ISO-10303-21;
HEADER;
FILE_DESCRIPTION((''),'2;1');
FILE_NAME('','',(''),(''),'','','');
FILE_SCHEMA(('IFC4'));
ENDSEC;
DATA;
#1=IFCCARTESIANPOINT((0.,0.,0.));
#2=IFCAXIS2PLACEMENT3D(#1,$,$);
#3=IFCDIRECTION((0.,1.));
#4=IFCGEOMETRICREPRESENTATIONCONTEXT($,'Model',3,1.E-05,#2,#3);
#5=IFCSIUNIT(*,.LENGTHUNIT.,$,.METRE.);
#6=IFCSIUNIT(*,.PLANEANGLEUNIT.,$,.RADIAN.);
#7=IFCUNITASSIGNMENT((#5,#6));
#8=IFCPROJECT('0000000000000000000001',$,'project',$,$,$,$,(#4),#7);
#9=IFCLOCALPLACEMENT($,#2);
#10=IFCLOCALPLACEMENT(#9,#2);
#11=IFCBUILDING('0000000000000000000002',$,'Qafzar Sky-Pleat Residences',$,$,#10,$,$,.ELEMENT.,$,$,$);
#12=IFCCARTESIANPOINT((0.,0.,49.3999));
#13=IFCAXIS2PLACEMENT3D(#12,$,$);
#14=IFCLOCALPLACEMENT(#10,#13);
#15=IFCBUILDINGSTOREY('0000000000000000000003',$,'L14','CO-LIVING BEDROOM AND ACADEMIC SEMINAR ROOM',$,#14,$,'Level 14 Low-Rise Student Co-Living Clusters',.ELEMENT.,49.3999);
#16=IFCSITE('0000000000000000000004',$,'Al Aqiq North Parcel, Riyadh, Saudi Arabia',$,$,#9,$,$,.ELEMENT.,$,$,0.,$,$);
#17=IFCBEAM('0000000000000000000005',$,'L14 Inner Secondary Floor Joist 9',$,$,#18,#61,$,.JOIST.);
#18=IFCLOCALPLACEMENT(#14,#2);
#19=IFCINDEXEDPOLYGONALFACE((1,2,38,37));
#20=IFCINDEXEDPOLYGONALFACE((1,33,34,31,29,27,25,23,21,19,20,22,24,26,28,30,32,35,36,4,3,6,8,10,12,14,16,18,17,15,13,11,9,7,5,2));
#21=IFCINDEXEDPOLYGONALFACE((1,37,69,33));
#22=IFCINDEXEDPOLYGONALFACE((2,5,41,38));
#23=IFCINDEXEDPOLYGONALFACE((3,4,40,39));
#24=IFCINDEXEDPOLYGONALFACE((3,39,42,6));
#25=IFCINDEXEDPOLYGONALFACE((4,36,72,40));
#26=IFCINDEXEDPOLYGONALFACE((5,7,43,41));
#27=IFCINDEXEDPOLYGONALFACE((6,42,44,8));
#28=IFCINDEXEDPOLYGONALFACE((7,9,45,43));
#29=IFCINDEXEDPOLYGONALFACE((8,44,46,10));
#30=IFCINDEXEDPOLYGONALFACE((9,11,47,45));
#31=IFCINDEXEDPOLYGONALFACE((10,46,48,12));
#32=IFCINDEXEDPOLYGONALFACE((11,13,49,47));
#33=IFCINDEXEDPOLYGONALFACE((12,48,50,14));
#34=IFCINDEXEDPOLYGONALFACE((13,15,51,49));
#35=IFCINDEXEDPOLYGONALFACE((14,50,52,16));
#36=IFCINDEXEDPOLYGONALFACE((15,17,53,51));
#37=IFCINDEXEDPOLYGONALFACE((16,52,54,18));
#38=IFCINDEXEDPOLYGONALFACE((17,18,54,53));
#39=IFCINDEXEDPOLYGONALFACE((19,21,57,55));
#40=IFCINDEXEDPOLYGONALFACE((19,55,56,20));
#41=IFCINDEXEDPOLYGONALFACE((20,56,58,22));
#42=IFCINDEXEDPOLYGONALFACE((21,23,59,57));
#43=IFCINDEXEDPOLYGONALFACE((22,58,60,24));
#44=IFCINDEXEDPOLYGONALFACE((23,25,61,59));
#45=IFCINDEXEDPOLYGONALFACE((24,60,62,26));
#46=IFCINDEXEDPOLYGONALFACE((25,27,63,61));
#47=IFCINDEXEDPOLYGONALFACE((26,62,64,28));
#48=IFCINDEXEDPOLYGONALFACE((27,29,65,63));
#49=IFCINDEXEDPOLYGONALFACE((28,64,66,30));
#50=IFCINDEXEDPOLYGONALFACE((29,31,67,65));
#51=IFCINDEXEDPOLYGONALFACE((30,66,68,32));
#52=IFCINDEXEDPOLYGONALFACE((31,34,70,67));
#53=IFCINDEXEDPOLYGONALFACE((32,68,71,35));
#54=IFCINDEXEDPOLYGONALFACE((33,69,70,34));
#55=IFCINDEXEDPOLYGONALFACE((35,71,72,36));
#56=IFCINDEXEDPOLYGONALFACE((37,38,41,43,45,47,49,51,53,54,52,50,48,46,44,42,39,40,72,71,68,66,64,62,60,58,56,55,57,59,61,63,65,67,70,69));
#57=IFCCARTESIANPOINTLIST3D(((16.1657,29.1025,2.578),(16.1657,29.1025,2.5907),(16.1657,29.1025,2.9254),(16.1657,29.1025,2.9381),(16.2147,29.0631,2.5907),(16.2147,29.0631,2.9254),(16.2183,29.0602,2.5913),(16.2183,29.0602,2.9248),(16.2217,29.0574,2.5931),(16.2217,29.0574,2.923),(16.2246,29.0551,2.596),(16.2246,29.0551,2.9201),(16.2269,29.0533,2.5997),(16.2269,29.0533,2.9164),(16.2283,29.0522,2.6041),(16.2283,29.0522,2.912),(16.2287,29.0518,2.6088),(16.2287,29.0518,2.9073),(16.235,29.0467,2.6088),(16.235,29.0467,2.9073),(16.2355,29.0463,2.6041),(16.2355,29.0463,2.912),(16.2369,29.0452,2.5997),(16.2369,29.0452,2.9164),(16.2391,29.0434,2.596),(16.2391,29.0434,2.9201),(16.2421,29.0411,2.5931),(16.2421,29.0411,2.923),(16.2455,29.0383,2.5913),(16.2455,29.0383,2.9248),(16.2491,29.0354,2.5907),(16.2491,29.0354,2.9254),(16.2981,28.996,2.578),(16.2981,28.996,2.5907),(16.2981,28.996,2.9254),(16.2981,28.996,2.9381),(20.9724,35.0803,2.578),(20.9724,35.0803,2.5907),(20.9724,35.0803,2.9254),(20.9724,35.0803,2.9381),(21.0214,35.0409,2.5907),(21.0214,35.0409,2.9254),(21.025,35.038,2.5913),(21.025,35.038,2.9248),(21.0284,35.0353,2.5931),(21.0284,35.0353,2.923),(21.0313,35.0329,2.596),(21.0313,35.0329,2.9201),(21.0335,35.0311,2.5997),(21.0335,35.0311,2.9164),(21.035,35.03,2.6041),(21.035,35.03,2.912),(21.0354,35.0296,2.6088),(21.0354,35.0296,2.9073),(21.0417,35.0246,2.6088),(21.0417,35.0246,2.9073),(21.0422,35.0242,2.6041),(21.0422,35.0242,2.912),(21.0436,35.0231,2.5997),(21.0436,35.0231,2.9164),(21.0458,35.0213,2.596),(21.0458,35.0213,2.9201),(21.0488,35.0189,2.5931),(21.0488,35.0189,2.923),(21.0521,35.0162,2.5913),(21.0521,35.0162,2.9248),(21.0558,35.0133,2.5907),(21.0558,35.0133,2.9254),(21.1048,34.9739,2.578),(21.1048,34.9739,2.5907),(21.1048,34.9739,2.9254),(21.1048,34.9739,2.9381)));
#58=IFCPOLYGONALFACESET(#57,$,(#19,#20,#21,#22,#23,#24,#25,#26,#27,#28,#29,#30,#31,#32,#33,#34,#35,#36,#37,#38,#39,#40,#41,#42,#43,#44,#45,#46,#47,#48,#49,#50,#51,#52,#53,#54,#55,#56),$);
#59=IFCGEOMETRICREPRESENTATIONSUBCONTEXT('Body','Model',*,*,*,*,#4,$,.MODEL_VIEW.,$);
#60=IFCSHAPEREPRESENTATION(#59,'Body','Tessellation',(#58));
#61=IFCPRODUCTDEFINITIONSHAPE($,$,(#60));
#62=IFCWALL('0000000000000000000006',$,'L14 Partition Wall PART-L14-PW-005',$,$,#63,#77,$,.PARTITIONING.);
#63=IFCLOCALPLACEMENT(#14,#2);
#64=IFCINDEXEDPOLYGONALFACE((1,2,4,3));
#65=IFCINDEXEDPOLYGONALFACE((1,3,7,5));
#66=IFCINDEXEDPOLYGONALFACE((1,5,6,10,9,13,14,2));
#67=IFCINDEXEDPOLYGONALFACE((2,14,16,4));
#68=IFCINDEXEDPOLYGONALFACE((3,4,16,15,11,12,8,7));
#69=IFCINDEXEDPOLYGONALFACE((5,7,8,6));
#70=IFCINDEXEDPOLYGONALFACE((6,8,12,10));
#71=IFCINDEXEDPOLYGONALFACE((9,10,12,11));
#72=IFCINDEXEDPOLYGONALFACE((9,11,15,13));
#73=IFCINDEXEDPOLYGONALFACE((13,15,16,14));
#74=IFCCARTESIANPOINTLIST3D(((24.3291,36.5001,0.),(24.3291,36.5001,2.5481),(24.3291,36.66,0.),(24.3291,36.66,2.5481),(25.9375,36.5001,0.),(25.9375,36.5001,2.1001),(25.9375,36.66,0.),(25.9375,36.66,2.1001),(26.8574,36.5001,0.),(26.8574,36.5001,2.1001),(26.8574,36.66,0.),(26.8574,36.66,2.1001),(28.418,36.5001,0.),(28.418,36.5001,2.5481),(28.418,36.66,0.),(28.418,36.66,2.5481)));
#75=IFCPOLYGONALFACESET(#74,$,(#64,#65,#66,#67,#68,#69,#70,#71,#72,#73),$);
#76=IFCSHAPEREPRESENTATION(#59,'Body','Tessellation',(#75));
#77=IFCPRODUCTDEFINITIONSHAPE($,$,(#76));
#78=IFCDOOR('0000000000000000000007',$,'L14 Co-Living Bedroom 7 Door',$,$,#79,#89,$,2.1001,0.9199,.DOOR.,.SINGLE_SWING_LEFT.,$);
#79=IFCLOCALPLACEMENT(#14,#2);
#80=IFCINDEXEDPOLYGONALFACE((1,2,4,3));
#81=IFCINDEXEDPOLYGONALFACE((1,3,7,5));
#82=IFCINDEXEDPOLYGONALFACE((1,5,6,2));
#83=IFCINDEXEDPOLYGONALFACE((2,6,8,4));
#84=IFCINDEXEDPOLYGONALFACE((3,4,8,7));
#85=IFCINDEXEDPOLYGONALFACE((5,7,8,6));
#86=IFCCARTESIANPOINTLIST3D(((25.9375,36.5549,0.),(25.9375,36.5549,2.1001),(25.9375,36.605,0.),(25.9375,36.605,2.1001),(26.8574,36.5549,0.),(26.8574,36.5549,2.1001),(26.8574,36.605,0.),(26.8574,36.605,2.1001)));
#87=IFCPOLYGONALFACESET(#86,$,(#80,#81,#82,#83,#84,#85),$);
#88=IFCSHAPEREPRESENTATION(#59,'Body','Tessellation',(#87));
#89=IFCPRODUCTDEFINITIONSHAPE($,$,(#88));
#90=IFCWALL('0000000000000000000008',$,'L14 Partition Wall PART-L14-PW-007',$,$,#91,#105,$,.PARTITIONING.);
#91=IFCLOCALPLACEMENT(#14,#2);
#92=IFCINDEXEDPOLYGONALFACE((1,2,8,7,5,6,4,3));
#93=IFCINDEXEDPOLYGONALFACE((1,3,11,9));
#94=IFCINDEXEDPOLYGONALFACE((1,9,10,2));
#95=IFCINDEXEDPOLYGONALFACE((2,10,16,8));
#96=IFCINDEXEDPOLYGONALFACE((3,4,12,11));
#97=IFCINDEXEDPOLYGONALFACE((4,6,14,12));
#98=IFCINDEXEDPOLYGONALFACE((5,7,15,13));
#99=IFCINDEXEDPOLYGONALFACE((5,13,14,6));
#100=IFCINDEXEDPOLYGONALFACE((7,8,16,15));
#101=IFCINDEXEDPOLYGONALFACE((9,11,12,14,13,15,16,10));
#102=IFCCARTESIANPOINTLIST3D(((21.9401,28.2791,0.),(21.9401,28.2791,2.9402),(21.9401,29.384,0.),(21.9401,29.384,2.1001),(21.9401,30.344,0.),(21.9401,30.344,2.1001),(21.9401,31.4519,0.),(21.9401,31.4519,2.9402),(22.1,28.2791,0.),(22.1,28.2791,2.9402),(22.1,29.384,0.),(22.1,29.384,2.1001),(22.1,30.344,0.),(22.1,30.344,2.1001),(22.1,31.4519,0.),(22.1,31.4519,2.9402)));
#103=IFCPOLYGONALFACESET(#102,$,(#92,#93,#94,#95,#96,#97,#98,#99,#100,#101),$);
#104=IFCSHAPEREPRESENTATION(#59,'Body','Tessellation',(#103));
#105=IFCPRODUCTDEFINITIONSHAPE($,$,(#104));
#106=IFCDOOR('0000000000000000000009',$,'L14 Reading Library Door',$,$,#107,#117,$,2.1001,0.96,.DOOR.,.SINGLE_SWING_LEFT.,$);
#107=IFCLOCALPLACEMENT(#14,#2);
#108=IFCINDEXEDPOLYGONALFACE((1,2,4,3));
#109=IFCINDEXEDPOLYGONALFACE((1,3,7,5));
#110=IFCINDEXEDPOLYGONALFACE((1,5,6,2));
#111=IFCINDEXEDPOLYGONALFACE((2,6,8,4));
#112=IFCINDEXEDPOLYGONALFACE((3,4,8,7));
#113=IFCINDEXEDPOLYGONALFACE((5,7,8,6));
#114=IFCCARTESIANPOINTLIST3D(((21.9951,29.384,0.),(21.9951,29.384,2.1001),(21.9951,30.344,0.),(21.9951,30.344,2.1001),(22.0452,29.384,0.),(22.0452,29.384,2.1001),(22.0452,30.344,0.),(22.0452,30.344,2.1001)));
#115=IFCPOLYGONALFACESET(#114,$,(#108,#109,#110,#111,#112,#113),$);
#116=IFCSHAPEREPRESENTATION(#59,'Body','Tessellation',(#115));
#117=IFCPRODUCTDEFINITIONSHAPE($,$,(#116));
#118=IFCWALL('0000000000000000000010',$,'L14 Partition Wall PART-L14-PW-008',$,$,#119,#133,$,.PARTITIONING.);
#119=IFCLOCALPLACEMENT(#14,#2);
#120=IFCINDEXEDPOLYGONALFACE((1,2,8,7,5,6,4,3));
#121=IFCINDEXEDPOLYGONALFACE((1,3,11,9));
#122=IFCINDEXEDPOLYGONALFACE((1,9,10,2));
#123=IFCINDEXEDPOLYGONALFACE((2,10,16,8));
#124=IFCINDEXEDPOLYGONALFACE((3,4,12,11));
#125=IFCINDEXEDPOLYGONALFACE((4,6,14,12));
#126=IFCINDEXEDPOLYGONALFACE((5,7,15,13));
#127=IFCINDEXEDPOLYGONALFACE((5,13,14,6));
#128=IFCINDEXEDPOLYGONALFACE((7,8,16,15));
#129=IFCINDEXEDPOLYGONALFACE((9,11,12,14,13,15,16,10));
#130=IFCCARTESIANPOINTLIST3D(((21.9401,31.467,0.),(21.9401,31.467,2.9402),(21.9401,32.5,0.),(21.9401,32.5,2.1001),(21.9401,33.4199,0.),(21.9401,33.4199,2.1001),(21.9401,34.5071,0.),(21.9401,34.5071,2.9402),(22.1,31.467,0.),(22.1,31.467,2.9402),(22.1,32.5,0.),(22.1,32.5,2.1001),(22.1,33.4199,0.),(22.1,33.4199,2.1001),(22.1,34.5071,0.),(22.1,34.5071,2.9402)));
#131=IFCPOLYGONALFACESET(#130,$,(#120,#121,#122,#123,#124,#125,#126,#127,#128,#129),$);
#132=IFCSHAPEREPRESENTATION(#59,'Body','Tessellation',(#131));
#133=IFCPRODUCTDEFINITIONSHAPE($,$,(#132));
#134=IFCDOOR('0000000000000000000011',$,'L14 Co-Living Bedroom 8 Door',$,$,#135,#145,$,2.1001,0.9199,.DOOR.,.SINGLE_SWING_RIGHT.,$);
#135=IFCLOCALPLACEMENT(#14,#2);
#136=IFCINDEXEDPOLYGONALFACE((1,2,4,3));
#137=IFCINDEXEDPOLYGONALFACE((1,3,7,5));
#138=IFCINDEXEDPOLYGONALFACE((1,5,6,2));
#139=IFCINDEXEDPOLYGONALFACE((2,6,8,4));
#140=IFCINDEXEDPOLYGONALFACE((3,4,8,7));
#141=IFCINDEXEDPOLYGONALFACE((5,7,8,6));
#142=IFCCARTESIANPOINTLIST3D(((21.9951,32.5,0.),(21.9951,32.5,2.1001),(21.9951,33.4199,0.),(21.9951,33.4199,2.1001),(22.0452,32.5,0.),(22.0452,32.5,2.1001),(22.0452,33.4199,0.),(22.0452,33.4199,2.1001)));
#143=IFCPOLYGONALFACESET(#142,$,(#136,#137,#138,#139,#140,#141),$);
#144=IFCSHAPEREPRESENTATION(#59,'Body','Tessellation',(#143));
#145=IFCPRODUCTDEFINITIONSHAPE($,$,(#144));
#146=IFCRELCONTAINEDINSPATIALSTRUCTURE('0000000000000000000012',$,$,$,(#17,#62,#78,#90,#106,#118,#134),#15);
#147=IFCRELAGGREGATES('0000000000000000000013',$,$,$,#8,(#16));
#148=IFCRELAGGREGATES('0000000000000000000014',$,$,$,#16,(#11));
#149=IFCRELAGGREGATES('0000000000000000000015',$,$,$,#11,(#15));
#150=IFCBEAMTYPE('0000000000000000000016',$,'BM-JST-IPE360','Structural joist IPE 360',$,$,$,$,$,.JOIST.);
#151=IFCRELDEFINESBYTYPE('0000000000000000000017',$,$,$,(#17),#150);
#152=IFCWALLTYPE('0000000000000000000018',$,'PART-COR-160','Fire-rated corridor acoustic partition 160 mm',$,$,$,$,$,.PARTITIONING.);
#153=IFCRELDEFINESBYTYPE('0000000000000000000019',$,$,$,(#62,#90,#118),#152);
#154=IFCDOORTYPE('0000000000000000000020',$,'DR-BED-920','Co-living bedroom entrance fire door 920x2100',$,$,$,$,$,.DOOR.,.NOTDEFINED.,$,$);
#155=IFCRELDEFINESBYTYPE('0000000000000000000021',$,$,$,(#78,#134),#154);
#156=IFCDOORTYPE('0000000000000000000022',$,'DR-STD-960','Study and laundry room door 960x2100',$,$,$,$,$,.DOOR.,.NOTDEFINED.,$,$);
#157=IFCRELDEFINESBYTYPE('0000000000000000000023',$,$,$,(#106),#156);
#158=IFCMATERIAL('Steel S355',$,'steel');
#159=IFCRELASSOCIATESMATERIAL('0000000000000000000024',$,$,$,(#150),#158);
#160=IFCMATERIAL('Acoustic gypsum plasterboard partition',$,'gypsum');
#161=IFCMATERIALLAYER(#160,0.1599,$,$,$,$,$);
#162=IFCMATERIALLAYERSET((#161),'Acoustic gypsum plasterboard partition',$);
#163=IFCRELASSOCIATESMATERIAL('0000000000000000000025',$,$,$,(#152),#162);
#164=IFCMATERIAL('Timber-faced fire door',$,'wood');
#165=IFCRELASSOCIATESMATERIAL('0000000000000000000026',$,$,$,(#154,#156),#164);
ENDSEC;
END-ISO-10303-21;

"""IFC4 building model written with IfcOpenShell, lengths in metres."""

from ifc_helpers import new_model, si_unit, direction, frame, frame_2d, origin, origin_2d, place, context, subcontext, project, spatial, rectangle, i_section, extrude, source, transform, mapped, material, layer, layer_set, material_profile, profile_set, type_object, element, fill, save


model = new_model("IFC4")

# Units and contexts
model_context = context("Model", 3, precision=1e-05, world=origin(), true_north=direction((0.0, 1.0)))
body_context = subcontext(model_context, "Body", "Model", "MODEL_VIEW")
ifc_project = project(units=[si_unit("LENGTHUNIT", "METRE"), si_unit("PLANEANGLEUNIT", "RADIAN")], contexts=[model_context])

# Site, building, storey
site_placement = place(None, origin())
site = spatial("IfcSite", under=ifc_project, at=site_placement, Name="Al Aqiq North Parcel, Riyadh, Saudi Arabia", CompositionType="ELEMENT", RefElevation=0.0)
building_placement = place(site_placement, origin())
building = spatial("IfcBuilding", under=site, at=building_placement, Name="Qafzar Sky-Pleat Residences", CompositionType="ELEMENT")
storey_placement = place(building_placement, frame((0.0, 0.0, 49.3999)))
storey = spatial("IfcBuildingStorey", under=building, at=storey_placement, Name="L14", Description="CO-LIVING BEDROOM AND ACADEMIC SEMINAR ROOM", LongName="Level 14 Low-Rise Student Co-Living Clusters", CompositionType="ELEMENT", Elevation=49.3999)

# Beam
ifc_material_1 = material(Name="Steel S355", Category="steel")
ifc_material_profile = material_profile(ifc_material_1, i_section(OverallWidth=0.1699, OverallDepth=0.3601, WebThickness=0.0081, FlangeThickness=0.0127, FilletRadius=0.0181, at=origin_2d()), Name="IPE 360")
ifc_profile_set = profile_set([ifc_material_profile], Name="Steel S355")
beam_type = type_object("IfcBeamType", Name="BM-JST-IPE360", Description="Structural joist IPE 360", PredefinedType="JOIST", material=ifc_profile_set)
shared_shape_1 = source(origin(), body_context, "Body", "SweptSolid", [
    extrude(i_section(OverallWidth=0.1699, OverallDepth=0.3601, WebThickness=0.0081, FlangeThickness=0.0127, FilletRadius=0.0181, at=origin_2d()), origin(), (0.0, 0.0, 1.0), 7.6707),
])
beam_placement = place(storey_placement, frame((21.0386, 35.0271, 2.7581), z_axis=(-0.626634, -0.779314, 0.0), x_axis=(0.779314, -0.626634, 0.0)))
element("IfcBeam", 1, at=beam_placement, inside=storey, type_object=beam_type, Name="L14 Inner Secondary Floor Joist 9", PredefinedType="JOIST", context=body_context, shape_type="MappedRepresentation", body=[
    mapped(shared_shape_1, transform((0.0, 0.0, 0.0), x_axis=(1.0, 0.0, 0.0), y_axis=(0.0, 1.0, 0.0), z_axis=(0.0, 0.0, 1.0), scale=1.0)),
])

# Walls, openings, doors
ifc_material_2 = material(Name="Acoustic gypsum plasterboard partition", Category="gypsum")
ifc_layer_1 = layer(ifc_material_2, 0.1599)
ifc_layer_set_1 = layer_set([ifc_layer_1], Name="Acoustic gypsum plasterboard partition")
wall_type_1 = type_object("IfcWallType", Name="PART-COR-160", Description="Fire-rated corridor acoustic partition 160 mm", PredefinedType="PARTITIONING", material=ifc_layer_set_1)
wall_1_placement = place(storey_placement, frame((24.3291, 36.5801, 0.0), z_axis=(0.0, 0.0, 1.0), x_axis=(1.0, 0.0, 0.0)))
wall_1 = element("IfcWall", 2, at=wall_1_placement, inside=storey, type_object=wall_type_1, Name="L14 Partition Wall PART-L14-PW-005", PredefinedType="PARTITIONING", context=body_context, shape_type="SweptSolid", body=[
    extrude(rectangle(XDim=4.0889, YDim=0.1599, at=frame_2d((2.0444, 0.0))), origin(), (0.0, 0.0, 1.0), 2.5481),
])
opening_1_placement = place(wall_1_placement, frame((1.6084, 0.0, 0.0)))
opening_1 = element("IfcOpeningElement", 3, at=opening_1_placement, cuts=wall_1, PredefinedType="OPENING", context=body_context, shape_type="SweptSolid", body=[
    extrude(rectangle(XDim=0.9199, YDim=2.1001, at=frame_2d((0.46, 1.05))), frame((0.0, 0.0898, 0.0), z_axis=(0.0, -1.0, 0.0), x_axis=(1.0, 0.0, 0.0)), (0.0, 0.0, 1.0), 0.1799),
])
ifc_material_3 = material(Name="Timber-faced fire door", Category="wood")
door_type_1 = type_object("IfcDoorType", Name="DR-BED-920", Description="Co-living bedroom entrance fire door 920x2100", OperationType="NOTDEFINED", PredefinedType="DOOR", material=ifc_material_3)
shared_shape_2 = source(origin(), body_context, "Body", "SweptSolid", [
    extrude(rectangle(XDim=0.9199, YDim=2.1001, at=frame_2d((0.46, 1.05))), frame((0.0, 0.0249, 0.0), z_axis=(0.0, -1.0, 0.0), x_axis=(1.0, 0.0, 0.0)), (0.0, 0.0, 1.0), 0.05),
])
door_1_placement = place(opening_1_placement, origin())
door_1 = element("IfcDoor", 4, at=door_1_placement, inside=storey, type_object=door_type_1, Name="L14 Co-Living Bedroom 7 Door", OperationType="SINGLE_SWING_LEFT", OverallHeight=2.1001, OverallWidth=0.9199, PredefinedType="DOOR", context=body_context, shape_type="MappedRepresentation", body=[
    mapped(shared_shape_2, transform((0.0, 0.0, 0.0), x_axis=(1.0, 0.0, 0.0), y_axis=(0.0, 1.0, 0.0), z_axis=(0.0, 0.0, 1.0), scale=1.0)),
])
fill(opening_1, door_1)
wall_2_placement = place(storey_placement, frame((22.02, 28.2791, 0.0), z_axis=(0.0, 0.0, 1.0), x_axis=(0.0, 1.0, 0.0)))
wall_2 = element("IfcWall", 5, at=wall_2_placement, inside=storey, type_object=wall_type_1, Name="L14 Partition Wall PART-L14-PW-007", PredefinedType="PARTITIONING", context=body_context, shape_type="SweptSolid", body=[
    extrude(rectangle(XDim=3.1729, YDim=0.1599, at=frame_2d((1.5864, 0.0))), origin(), (0.0, 0.0, 1.0), 2.9402),
])
opening_2_placement = place(wall_2_placement, frame((1.105, 0.0, 0.0)))
opening_2 = element("IfcOpeningElement", 6, at=opening_2_placement, cuts=wall_2, PredefinedType="OPENING", context=body_context, shape_type="SweptSolid", body=[
    extrude(rectangle(XDim=0.96, YDim=2.1001, at=frame_2d((0.48, 1.05))), frame((0.0, 0.0898, 0.0), z_axis=(0.0, -1.0, 0.0), x_axis=(1.0, 0.0, 0.0)), (0.0, 0.0, 1.0), 0.1799),
])
door_type_2 = type_object("IfcDoorType", Name="DR-STD-960", Description="Study and laundry room door 960x2100", OperationType="NOTDEFINED", PredefinedType="DOOR", material=ifc_material_3)
shared_shape_3 = source(origin(), body_context, "Body", "SweptSolid", [
    extrude(rectangle(XDim=0.96, YDim=2.1001, at=frame_2d((0.48, 1.05))), frame((0.0, 0.0249, 0.0), z_axis=(0.0, -1.0, 0.0), x_axis=(1.0, 0.0, 0.0)), (0.0, 0.0, 1.0), 0.05),
])
door_2_placement = place(opening_2_placement, origin())
door_2 = element("IfcDoor", 7, at=door_2_placement, inside=storey, type_object=door_type_2, Name="L14 Reading Library Door", OperationType="SINGLE_SWING_LEFT", OverallHeight=2.1001, OverallWidth=0.96, PredefinedType="DOOR", context=body_context, shape_type="MappedRepresentation", body=[
    mapped(shared_shape_3, transform((0.0, 0.0, 0.0), x_axis=(1.0, 0.0, 0.0), y_axis=(0.0, 1.0, 0.0), z_axis=(0.0, 0.0, 1.0), scale=1.0)),
])
fill(opening_2, door_2)
wall_3_placement = place(storey_placement, frame((22.02, 31.467, 0.0), z_axis=(0.0, 0.0, 1.0), x_axis=(0.0, 1.0, 0.0)))
wall_3 = element("IfcWall", 8, at=wall_3_placement, inside=storey, type_object=wall_type_1, Name="L14 Partition Wall PART-L14-PW-008", PredefinedType="PARTITIONING", context=body_context, shape_type="SweptSolid", body=[
    extrude(rectangle(XDim=3.04, YDim=0.1599, at=frame_2d((1.52, 0.0))), origin(), (0.0, 0.0, 1.0), 2.9402),
])
opening_3_placement = place(wall_3_placement, frame((1.033, 0.0, 0.0)))
opening_3 = element("IfcOpeningElement", 9, at=opening_3_placement, cuts=wall_3, PredefinedType="OPENING", context=body_context, shape_type="SweptSolid", body=[
    extrude(rectangle(XDim=0.9199, YDim=2.1001, at=frame_2d((0.46, 1.05))), frame((0.0, 0.0898, 0.0), z_axis=(0.0, -1.0, 0.0), x_axis=(1.0, 0.0, 0.0)), (0.0, 0.0, 1.0), 0.1799),
])
door_3_placement = place(opening_3_placement, origin())
door_3 = element("IfcDoor", 10, at=door_3_placement, inside=storey, type_object=door_type_1, Name="L14 Co-Living Bedroom 8 Door", OperationType="SINGLE_SWING_RIGHT", OverallHeight=2.1001, OverallWidth=0.9199, PredefinedType="DOOR", context=body_context, shape_type="MappedRepresentation", body=[
    mapped(shared_shape_2, transform((0.0, 0.0, 0.0), x_axis=(1.0, 0.0, 0.0), y_axis=(0.0, 1.0, 0.0), z_axis=(0.0, 0.0, 1.0), scale=1.0)),
])
fill(opening_3, door_3)

save(model, "model.ifc")
